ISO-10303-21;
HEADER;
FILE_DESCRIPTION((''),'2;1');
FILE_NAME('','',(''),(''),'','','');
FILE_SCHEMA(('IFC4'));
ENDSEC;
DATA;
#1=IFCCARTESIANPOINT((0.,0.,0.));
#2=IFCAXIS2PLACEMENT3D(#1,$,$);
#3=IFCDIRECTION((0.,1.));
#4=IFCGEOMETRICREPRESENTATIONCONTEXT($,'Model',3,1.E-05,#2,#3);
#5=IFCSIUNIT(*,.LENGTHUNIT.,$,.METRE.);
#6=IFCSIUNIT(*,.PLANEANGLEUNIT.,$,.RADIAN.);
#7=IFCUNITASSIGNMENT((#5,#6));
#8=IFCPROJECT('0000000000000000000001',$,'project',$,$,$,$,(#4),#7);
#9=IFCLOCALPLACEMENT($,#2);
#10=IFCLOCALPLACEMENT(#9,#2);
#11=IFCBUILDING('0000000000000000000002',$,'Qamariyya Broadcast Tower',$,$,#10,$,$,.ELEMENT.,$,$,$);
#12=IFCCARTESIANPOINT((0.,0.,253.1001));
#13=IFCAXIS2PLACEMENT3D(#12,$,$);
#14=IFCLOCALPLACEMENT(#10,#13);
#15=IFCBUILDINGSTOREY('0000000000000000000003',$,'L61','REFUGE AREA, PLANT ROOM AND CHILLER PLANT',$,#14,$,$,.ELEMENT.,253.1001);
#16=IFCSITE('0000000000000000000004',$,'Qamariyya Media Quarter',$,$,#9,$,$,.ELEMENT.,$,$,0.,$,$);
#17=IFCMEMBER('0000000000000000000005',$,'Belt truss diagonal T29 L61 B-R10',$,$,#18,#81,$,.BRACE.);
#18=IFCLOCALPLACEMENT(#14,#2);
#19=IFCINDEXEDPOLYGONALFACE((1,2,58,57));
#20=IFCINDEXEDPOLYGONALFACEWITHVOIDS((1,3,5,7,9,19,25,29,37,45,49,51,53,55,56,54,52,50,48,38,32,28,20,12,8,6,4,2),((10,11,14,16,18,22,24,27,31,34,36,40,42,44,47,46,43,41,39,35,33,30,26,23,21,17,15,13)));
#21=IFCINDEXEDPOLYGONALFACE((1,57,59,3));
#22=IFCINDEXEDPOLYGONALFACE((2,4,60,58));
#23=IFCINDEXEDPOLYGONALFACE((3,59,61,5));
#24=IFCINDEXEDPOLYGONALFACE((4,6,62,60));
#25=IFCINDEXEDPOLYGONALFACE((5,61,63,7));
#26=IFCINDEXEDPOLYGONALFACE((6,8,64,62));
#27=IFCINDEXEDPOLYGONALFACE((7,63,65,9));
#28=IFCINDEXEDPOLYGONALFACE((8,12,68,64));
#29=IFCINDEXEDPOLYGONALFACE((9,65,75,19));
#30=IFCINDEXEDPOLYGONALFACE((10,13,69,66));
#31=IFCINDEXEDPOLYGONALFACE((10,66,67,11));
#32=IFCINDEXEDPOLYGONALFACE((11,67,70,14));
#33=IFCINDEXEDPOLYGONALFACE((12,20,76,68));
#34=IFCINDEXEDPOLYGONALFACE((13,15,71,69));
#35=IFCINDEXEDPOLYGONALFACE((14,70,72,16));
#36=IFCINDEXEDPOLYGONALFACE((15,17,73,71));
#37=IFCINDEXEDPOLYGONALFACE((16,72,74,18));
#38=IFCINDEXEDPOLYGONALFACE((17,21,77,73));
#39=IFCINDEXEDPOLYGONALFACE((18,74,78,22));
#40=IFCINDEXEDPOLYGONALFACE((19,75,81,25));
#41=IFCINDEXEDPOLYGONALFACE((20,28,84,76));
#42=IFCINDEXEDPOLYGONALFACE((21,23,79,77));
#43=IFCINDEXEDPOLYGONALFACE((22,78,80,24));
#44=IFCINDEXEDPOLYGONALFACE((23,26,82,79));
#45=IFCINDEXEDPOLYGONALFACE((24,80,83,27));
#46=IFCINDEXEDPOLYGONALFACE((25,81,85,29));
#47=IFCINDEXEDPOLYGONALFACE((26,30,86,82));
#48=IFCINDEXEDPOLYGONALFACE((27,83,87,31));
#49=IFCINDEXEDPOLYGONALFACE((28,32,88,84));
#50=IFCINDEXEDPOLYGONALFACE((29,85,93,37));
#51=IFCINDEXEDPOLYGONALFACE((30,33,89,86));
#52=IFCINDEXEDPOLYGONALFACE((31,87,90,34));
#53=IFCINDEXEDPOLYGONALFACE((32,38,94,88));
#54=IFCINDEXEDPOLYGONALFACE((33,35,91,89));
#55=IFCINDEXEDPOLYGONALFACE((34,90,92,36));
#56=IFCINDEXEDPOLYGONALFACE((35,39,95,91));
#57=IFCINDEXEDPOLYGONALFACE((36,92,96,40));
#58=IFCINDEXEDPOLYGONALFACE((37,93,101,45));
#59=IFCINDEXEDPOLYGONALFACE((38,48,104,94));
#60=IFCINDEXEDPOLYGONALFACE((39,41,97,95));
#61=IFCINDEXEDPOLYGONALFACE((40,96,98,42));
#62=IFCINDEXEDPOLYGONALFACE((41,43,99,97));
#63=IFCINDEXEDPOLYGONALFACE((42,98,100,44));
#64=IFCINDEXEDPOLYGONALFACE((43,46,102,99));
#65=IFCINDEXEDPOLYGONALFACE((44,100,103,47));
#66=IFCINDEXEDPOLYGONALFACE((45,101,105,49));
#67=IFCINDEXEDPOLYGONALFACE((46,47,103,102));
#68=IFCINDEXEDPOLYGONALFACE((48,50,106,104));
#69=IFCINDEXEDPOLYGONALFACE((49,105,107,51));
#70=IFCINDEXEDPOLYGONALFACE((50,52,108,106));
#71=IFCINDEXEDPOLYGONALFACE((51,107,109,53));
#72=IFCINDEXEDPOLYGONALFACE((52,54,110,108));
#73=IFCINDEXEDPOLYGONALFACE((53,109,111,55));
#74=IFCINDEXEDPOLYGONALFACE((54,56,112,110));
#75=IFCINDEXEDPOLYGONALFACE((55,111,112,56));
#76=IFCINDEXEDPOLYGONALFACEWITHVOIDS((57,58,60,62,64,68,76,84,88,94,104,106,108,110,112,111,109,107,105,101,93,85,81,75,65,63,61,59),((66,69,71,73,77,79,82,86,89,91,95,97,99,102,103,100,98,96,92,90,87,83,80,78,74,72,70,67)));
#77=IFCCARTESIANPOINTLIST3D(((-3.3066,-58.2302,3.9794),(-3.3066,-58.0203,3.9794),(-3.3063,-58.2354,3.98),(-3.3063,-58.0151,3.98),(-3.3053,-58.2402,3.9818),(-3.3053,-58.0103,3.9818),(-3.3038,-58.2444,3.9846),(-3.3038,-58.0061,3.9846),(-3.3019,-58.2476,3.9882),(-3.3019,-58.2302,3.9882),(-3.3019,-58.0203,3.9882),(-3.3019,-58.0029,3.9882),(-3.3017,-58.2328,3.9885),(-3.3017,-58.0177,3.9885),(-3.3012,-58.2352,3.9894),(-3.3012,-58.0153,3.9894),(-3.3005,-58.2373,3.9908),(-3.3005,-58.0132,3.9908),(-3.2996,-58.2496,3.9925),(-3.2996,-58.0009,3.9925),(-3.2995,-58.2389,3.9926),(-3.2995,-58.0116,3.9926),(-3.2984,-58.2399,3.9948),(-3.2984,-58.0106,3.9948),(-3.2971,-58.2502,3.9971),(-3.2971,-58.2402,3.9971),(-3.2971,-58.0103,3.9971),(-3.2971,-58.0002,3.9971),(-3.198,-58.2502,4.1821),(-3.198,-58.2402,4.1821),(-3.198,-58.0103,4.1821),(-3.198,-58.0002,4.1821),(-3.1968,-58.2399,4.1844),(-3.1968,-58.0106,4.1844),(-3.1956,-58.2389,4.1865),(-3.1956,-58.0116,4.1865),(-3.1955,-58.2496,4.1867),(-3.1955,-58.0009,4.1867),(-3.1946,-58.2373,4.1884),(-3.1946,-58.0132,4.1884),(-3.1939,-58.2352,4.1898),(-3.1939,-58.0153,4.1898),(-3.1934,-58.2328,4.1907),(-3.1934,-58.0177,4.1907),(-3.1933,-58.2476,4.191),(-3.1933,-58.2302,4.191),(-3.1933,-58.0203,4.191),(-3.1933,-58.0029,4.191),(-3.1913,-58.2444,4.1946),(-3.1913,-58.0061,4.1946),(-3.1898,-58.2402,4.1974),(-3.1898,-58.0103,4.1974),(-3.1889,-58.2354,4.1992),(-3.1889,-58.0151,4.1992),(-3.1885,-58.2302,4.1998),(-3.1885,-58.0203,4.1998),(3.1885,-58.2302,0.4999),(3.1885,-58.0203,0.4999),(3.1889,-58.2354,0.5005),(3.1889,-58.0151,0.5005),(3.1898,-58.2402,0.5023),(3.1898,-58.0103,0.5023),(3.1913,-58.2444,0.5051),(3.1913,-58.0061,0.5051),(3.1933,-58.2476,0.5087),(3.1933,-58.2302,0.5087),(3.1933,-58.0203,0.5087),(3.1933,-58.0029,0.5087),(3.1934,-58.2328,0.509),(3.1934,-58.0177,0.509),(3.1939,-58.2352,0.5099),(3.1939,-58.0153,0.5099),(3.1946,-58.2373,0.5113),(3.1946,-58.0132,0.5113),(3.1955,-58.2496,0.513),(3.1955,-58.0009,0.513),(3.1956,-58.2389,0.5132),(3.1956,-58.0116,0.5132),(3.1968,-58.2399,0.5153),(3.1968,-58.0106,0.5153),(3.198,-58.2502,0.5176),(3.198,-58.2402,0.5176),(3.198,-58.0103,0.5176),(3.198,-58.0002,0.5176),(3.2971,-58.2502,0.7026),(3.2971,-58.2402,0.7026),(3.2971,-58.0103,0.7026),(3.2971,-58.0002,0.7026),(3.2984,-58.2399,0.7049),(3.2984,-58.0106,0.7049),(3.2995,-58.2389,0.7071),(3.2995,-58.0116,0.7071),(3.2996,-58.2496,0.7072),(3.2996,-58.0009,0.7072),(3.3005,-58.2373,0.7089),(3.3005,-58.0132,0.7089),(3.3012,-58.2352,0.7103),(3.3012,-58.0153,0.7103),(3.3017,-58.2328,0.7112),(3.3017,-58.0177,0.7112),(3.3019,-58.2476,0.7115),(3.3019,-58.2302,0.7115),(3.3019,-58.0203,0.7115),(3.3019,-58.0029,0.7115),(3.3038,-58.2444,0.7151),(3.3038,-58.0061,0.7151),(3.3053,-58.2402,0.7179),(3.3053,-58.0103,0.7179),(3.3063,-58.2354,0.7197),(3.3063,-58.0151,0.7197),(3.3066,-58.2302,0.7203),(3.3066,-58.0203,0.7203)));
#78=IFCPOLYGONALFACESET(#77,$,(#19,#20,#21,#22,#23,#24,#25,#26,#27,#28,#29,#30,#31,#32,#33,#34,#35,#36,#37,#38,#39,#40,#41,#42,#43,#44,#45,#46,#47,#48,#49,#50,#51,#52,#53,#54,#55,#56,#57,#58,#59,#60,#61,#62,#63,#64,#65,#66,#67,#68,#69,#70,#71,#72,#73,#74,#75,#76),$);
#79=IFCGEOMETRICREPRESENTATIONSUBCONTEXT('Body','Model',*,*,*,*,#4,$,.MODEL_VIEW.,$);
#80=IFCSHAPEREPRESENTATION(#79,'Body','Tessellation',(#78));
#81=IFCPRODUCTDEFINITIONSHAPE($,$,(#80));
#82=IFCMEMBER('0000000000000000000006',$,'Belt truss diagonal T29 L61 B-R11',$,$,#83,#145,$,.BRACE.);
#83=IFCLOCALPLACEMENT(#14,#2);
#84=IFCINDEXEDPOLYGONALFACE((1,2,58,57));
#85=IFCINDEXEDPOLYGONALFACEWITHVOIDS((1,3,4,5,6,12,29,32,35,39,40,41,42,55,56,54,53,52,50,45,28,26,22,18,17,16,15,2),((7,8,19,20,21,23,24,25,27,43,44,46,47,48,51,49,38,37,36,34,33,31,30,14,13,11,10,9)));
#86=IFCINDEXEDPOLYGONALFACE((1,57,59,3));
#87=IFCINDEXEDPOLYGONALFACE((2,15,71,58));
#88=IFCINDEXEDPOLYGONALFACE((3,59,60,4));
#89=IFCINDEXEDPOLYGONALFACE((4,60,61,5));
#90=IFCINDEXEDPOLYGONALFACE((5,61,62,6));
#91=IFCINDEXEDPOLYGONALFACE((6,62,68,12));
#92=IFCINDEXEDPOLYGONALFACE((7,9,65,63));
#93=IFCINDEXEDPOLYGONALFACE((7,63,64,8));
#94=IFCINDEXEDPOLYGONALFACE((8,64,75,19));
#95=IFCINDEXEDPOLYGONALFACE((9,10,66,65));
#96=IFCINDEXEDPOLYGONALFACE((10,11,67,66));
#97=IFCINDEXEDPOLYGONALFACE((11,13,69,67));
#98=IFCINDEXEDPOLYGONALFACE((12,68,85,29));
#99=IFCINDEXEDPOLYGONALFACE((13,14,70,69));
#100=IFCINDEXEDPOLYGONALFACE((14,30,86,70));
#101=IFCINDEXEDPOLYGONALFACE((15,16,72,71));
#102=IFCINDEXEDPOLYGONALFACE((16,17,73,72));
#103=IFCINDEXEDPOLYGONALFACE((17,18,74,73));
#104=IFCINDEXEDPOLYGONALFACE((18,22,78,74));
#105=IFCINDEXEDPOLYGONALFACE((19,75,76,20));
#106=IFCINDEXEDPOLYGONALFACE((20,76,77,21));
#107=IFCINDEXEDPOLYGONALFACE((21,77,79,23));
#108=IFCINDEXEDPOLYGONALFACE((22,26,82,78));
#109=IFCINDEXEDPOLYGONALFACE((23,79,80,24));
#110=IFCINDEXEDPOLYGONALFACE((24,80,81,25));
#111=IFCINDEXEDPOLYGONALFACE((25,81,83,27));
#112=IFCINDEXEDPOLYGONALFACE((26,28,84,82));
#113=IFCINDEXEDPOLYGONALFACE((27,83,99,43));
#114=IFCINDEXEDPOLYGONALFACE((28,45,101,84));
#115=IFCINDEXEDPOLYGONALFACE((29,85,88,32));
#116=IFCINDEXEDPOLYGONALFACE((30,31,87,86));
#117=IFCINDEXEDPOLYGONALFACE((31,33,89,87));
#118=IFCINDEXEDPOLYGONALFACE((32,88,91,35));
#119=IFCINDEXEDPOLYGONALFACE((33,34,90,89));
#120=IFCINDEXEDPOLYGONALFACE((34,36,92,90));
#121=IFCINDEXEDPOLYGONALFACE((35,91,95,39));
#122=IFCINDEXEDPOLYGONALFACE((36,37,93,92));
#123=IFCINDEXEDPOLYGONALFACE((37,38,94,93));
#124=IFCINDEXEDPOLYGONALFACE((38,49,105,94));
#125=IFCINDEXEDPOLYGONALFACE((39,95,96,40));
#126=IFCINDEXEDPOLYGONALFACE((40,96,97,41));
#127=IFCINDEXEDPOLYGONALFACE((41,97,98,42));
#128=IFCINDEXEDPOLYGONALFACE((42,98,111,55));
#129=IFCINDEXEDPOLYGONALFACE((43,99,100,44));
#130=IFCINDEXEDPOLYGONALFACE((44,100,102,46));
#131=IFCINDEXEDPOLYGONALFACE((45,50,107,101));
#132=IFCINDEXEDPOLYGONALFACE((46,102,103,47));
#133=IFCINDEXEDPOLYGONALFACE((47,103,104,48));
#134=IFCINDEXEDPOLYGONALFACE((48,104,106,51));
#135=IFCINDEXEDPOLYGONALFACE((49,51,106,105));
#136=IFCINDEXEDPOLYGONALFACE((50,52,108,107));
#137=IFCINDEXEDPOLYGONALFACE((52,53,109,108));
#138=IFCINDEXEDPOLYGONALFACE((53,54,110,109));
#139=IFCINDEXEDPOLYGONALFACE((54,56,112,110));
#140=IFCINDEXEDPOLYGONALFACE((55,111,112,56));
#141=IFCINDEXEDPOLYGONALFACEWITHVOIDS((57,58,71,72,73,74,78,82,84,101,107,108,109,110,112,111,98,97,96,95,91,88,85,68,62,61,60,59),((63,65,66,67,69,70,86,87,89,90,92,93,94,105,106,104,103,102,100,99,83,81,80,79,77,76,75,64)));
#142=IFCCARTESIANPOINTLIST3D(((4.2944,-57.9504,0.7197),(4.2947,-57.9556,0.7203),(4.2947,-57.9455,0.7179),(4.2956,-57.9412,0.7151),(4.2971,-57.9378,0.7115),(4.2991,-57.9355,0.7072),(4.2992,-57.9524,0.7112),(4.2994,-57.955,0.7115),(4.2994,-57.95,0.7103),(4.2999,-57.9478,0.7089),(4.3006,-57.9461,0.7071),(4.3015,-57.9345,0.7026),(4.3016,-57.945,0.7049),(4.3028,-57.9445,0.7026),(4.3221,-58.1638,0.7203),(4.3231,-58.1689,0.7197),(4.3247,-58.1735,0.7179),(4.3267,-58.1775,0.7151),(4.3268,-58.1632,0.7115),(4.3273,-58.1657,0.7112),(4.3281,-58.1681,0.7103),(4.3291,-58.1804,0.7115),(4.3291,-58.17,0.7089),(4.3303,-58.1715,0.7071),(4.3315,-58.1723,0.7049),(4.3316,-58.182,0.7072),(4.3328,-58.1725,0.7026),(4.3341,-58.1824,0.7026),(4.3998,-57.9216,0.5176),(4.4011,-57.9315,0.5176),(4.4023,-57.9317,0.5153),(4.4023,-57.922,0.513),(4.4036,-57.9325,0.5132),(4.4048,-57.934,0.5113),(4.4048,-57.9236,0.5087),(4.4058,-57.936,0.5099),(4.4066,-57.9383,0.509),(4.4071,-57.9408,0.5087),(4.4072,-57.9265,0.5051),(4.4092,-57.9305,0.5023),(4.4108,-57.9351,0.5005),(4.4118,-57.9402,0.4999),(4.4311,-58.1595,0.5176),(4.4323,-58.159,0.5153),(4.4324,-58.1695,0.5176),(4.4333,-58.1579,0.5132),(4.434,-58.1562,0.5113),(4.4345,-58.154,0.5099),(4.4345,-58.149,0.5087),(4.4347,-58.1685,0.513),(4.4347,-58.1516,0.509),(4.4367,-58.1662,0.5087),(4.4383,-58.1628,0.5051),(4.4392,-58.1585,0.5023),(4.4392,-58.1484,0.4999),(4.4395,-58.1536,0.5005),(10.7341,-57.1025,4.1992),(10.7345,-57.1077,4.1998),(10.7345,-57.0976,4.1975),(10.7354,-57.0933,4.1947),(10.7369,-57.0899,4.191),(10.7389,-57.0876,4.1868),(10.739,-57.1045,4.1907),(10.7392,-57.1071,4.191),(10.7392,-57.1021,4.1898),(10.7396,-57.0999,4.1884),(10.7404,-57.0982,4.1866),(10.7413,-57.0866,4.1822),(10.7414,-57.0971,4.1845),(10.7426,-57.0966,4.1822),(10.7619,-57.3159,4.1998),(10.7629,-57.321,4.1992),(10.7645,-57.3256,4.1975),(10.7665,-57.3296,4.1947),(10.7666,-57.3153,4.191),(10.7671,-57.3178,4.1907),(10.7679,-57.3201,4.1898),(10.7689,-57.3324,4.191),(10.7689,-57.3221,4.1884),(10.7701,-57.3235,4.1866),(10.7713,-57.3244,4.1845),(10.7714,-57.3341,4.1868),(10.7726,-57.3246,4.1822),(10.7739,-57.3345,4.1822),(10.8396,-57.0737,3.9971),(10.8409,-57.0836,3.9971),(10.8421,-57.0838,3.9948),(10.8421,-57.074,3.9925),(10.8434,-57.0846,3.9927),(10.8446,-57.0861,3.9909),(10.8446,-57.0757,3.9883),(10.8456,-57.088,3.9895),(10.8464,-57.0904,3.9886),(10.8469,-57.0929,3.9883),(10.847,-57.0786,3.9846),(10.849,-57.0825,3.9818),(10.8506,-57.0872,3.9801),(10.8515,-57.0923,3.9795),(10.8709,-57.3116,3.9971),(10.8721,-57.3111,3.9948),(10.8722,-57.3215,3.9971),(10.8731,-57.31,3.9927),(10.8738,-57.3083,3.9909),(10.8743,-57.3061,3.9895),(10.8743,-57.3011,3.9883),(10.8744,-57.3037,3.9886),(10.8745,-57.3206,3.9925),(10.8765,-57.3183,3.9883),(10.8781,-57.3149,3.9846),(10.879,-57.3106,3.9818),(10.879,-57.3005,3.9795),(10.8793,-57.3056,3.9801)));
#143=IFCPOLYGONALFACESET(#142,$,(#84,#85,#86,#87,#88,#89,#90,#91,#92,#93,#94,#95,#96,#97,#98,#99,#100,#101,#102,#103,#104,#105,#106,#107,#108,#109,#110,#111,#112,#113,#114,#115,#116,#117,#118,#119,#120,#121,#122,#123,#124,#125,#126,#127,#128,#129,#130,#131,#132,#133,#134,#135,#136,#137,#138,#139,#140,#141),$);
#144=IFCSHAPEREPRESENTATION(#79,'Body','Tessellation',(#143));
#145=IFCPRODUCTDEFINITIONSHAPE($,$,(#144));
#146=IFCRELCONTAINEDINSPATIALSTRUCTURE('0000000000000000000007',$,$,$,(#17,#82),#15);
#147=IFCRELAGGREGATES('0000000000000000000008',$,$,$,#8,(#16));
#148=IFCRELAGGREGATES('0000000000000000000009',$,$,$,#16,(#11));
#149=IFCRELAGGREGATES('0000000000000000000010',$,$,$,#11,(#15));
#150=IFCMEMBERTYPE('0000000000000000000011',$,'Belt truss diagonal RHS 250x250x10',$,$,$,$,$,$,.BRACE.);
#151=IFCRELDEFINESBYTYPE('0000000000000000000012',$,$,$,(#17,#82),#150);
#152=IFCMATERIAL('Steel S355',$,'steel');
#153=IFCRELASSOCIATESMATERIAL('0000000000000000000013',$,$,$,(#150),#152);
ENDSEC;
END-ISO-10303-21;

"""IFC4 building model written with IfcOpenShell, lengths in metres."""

from ifc_helpers import new_model, si_unit, direction, frame, origin, origin_2d, place, context, subcontext, project, spatial, hollow_rectangle, extrude, material, material_profile, profile_set, type_object, element, save


model = new_model("IFC4")

# Units and contexts
model_context = context("Model", 3, precision=1e-05, world=origin(), true_north=direction((0.0, 1.0)))
body_context = subcontext(model_context, "Body", "Model", "MODEL_VIEW")
ifc_project = project(units=[si_unit("LENGTHUNIT", "METRE"), si_unit("PLANEANGLEUNIT", "RADIAN")], contexts=[model_context])

# Site, building, storey
site_placement = place(None, origin())
site = spatial("IfcSite", under=ifc_project, at=site_placement, Name="Qamariyya Media Quarter", CompositionType="ELEMENT", RefElevation=0.0)
building_placement = place(site_placement, origin())
building = spatial("IfcBuilding", under=site, at=building_placement, Name="Qamariyya Broadcast Tower", CompositionType="ELEMENT")
storey_placement = place(building_placement, frame((0.0, 0.0, 253.1001)))
storey = spatial("IfcBuildingStorey", under=building, at=storey_placement, Name="L61", Description="REFUGE AREA, PLANT ROOM AND CHILLER PLANT", CompositionType="ELEMENT", Elevation=253.1001)

# Members
ifc_material_1 = material(Name="Steel S355", Category="steel")
ifc_material_profile_1 = material_profile(ifc_material_1, hollow_rectangle(XDim=0.25, YDim=0.25, WallThickness=0.01, InnerFilletRadius=0.01, OuterFilletRadius=0.02, at=origin_2d()))
ifc_profile_set_1 = profile_set([ifc_material_profile_1], Name="Steel S355")
member_type_1 = type_object("IfcMemberType", Name="Belt truss diagonal RHS 250x250x10", PredefinedType="BRACE", material=ifc_profile_set_1)
member_1_placement = place(storey_placement, frame((-3.2476, -58.1252, 4.0896), z_axis=(0.881482, 0.0, -0.472218), x_axis=(0.0, 1.0, 0.0)))
element("IfcMember", 1, at=member_1_placement, inside=storey, type_object=member_type_1, Name="Belt truss diagonal T29 L61 B-R10", PredefinedType="BRACE", context=body_context, shape_type="SweptSolid", body=[
    extrude(hollow_rectangle(XDim=0.25, YDim=0.25, WallThickness=0.01, InnerFilletRadius=0.01, OuterFilletRadius=0.02, at=origin_2d()), origin(), (0.0, 0.0, 1.0), 7.3684),
])
member_2_placement = place(storey_placement, frame((4.3669, -58.052, 0.6101), z_axis=(0.873944, 0.11507, 0.472209), x_axis=(-0.130541, 0.991443, 0.0)))
element("IfcMember", 2, at=member_2_placement, inside=storey, type_object=member_type_1, Name="Belt truss diagonal T29 L61 B-R11", PredefinedType="BRACE", context=body_context, shape_type="SweptSolid", body=[
    extrude(hollow_rectangle(XDim=0.25, YDim=0.25, WallThickness=0.01, InnerFilletRadius=0.01, OuterFilletRadius=0.02, at=origin_2d()), origin(), (0.0, 0.0, 1.0), 7.3687),
])

save(model, "model.ifc")
